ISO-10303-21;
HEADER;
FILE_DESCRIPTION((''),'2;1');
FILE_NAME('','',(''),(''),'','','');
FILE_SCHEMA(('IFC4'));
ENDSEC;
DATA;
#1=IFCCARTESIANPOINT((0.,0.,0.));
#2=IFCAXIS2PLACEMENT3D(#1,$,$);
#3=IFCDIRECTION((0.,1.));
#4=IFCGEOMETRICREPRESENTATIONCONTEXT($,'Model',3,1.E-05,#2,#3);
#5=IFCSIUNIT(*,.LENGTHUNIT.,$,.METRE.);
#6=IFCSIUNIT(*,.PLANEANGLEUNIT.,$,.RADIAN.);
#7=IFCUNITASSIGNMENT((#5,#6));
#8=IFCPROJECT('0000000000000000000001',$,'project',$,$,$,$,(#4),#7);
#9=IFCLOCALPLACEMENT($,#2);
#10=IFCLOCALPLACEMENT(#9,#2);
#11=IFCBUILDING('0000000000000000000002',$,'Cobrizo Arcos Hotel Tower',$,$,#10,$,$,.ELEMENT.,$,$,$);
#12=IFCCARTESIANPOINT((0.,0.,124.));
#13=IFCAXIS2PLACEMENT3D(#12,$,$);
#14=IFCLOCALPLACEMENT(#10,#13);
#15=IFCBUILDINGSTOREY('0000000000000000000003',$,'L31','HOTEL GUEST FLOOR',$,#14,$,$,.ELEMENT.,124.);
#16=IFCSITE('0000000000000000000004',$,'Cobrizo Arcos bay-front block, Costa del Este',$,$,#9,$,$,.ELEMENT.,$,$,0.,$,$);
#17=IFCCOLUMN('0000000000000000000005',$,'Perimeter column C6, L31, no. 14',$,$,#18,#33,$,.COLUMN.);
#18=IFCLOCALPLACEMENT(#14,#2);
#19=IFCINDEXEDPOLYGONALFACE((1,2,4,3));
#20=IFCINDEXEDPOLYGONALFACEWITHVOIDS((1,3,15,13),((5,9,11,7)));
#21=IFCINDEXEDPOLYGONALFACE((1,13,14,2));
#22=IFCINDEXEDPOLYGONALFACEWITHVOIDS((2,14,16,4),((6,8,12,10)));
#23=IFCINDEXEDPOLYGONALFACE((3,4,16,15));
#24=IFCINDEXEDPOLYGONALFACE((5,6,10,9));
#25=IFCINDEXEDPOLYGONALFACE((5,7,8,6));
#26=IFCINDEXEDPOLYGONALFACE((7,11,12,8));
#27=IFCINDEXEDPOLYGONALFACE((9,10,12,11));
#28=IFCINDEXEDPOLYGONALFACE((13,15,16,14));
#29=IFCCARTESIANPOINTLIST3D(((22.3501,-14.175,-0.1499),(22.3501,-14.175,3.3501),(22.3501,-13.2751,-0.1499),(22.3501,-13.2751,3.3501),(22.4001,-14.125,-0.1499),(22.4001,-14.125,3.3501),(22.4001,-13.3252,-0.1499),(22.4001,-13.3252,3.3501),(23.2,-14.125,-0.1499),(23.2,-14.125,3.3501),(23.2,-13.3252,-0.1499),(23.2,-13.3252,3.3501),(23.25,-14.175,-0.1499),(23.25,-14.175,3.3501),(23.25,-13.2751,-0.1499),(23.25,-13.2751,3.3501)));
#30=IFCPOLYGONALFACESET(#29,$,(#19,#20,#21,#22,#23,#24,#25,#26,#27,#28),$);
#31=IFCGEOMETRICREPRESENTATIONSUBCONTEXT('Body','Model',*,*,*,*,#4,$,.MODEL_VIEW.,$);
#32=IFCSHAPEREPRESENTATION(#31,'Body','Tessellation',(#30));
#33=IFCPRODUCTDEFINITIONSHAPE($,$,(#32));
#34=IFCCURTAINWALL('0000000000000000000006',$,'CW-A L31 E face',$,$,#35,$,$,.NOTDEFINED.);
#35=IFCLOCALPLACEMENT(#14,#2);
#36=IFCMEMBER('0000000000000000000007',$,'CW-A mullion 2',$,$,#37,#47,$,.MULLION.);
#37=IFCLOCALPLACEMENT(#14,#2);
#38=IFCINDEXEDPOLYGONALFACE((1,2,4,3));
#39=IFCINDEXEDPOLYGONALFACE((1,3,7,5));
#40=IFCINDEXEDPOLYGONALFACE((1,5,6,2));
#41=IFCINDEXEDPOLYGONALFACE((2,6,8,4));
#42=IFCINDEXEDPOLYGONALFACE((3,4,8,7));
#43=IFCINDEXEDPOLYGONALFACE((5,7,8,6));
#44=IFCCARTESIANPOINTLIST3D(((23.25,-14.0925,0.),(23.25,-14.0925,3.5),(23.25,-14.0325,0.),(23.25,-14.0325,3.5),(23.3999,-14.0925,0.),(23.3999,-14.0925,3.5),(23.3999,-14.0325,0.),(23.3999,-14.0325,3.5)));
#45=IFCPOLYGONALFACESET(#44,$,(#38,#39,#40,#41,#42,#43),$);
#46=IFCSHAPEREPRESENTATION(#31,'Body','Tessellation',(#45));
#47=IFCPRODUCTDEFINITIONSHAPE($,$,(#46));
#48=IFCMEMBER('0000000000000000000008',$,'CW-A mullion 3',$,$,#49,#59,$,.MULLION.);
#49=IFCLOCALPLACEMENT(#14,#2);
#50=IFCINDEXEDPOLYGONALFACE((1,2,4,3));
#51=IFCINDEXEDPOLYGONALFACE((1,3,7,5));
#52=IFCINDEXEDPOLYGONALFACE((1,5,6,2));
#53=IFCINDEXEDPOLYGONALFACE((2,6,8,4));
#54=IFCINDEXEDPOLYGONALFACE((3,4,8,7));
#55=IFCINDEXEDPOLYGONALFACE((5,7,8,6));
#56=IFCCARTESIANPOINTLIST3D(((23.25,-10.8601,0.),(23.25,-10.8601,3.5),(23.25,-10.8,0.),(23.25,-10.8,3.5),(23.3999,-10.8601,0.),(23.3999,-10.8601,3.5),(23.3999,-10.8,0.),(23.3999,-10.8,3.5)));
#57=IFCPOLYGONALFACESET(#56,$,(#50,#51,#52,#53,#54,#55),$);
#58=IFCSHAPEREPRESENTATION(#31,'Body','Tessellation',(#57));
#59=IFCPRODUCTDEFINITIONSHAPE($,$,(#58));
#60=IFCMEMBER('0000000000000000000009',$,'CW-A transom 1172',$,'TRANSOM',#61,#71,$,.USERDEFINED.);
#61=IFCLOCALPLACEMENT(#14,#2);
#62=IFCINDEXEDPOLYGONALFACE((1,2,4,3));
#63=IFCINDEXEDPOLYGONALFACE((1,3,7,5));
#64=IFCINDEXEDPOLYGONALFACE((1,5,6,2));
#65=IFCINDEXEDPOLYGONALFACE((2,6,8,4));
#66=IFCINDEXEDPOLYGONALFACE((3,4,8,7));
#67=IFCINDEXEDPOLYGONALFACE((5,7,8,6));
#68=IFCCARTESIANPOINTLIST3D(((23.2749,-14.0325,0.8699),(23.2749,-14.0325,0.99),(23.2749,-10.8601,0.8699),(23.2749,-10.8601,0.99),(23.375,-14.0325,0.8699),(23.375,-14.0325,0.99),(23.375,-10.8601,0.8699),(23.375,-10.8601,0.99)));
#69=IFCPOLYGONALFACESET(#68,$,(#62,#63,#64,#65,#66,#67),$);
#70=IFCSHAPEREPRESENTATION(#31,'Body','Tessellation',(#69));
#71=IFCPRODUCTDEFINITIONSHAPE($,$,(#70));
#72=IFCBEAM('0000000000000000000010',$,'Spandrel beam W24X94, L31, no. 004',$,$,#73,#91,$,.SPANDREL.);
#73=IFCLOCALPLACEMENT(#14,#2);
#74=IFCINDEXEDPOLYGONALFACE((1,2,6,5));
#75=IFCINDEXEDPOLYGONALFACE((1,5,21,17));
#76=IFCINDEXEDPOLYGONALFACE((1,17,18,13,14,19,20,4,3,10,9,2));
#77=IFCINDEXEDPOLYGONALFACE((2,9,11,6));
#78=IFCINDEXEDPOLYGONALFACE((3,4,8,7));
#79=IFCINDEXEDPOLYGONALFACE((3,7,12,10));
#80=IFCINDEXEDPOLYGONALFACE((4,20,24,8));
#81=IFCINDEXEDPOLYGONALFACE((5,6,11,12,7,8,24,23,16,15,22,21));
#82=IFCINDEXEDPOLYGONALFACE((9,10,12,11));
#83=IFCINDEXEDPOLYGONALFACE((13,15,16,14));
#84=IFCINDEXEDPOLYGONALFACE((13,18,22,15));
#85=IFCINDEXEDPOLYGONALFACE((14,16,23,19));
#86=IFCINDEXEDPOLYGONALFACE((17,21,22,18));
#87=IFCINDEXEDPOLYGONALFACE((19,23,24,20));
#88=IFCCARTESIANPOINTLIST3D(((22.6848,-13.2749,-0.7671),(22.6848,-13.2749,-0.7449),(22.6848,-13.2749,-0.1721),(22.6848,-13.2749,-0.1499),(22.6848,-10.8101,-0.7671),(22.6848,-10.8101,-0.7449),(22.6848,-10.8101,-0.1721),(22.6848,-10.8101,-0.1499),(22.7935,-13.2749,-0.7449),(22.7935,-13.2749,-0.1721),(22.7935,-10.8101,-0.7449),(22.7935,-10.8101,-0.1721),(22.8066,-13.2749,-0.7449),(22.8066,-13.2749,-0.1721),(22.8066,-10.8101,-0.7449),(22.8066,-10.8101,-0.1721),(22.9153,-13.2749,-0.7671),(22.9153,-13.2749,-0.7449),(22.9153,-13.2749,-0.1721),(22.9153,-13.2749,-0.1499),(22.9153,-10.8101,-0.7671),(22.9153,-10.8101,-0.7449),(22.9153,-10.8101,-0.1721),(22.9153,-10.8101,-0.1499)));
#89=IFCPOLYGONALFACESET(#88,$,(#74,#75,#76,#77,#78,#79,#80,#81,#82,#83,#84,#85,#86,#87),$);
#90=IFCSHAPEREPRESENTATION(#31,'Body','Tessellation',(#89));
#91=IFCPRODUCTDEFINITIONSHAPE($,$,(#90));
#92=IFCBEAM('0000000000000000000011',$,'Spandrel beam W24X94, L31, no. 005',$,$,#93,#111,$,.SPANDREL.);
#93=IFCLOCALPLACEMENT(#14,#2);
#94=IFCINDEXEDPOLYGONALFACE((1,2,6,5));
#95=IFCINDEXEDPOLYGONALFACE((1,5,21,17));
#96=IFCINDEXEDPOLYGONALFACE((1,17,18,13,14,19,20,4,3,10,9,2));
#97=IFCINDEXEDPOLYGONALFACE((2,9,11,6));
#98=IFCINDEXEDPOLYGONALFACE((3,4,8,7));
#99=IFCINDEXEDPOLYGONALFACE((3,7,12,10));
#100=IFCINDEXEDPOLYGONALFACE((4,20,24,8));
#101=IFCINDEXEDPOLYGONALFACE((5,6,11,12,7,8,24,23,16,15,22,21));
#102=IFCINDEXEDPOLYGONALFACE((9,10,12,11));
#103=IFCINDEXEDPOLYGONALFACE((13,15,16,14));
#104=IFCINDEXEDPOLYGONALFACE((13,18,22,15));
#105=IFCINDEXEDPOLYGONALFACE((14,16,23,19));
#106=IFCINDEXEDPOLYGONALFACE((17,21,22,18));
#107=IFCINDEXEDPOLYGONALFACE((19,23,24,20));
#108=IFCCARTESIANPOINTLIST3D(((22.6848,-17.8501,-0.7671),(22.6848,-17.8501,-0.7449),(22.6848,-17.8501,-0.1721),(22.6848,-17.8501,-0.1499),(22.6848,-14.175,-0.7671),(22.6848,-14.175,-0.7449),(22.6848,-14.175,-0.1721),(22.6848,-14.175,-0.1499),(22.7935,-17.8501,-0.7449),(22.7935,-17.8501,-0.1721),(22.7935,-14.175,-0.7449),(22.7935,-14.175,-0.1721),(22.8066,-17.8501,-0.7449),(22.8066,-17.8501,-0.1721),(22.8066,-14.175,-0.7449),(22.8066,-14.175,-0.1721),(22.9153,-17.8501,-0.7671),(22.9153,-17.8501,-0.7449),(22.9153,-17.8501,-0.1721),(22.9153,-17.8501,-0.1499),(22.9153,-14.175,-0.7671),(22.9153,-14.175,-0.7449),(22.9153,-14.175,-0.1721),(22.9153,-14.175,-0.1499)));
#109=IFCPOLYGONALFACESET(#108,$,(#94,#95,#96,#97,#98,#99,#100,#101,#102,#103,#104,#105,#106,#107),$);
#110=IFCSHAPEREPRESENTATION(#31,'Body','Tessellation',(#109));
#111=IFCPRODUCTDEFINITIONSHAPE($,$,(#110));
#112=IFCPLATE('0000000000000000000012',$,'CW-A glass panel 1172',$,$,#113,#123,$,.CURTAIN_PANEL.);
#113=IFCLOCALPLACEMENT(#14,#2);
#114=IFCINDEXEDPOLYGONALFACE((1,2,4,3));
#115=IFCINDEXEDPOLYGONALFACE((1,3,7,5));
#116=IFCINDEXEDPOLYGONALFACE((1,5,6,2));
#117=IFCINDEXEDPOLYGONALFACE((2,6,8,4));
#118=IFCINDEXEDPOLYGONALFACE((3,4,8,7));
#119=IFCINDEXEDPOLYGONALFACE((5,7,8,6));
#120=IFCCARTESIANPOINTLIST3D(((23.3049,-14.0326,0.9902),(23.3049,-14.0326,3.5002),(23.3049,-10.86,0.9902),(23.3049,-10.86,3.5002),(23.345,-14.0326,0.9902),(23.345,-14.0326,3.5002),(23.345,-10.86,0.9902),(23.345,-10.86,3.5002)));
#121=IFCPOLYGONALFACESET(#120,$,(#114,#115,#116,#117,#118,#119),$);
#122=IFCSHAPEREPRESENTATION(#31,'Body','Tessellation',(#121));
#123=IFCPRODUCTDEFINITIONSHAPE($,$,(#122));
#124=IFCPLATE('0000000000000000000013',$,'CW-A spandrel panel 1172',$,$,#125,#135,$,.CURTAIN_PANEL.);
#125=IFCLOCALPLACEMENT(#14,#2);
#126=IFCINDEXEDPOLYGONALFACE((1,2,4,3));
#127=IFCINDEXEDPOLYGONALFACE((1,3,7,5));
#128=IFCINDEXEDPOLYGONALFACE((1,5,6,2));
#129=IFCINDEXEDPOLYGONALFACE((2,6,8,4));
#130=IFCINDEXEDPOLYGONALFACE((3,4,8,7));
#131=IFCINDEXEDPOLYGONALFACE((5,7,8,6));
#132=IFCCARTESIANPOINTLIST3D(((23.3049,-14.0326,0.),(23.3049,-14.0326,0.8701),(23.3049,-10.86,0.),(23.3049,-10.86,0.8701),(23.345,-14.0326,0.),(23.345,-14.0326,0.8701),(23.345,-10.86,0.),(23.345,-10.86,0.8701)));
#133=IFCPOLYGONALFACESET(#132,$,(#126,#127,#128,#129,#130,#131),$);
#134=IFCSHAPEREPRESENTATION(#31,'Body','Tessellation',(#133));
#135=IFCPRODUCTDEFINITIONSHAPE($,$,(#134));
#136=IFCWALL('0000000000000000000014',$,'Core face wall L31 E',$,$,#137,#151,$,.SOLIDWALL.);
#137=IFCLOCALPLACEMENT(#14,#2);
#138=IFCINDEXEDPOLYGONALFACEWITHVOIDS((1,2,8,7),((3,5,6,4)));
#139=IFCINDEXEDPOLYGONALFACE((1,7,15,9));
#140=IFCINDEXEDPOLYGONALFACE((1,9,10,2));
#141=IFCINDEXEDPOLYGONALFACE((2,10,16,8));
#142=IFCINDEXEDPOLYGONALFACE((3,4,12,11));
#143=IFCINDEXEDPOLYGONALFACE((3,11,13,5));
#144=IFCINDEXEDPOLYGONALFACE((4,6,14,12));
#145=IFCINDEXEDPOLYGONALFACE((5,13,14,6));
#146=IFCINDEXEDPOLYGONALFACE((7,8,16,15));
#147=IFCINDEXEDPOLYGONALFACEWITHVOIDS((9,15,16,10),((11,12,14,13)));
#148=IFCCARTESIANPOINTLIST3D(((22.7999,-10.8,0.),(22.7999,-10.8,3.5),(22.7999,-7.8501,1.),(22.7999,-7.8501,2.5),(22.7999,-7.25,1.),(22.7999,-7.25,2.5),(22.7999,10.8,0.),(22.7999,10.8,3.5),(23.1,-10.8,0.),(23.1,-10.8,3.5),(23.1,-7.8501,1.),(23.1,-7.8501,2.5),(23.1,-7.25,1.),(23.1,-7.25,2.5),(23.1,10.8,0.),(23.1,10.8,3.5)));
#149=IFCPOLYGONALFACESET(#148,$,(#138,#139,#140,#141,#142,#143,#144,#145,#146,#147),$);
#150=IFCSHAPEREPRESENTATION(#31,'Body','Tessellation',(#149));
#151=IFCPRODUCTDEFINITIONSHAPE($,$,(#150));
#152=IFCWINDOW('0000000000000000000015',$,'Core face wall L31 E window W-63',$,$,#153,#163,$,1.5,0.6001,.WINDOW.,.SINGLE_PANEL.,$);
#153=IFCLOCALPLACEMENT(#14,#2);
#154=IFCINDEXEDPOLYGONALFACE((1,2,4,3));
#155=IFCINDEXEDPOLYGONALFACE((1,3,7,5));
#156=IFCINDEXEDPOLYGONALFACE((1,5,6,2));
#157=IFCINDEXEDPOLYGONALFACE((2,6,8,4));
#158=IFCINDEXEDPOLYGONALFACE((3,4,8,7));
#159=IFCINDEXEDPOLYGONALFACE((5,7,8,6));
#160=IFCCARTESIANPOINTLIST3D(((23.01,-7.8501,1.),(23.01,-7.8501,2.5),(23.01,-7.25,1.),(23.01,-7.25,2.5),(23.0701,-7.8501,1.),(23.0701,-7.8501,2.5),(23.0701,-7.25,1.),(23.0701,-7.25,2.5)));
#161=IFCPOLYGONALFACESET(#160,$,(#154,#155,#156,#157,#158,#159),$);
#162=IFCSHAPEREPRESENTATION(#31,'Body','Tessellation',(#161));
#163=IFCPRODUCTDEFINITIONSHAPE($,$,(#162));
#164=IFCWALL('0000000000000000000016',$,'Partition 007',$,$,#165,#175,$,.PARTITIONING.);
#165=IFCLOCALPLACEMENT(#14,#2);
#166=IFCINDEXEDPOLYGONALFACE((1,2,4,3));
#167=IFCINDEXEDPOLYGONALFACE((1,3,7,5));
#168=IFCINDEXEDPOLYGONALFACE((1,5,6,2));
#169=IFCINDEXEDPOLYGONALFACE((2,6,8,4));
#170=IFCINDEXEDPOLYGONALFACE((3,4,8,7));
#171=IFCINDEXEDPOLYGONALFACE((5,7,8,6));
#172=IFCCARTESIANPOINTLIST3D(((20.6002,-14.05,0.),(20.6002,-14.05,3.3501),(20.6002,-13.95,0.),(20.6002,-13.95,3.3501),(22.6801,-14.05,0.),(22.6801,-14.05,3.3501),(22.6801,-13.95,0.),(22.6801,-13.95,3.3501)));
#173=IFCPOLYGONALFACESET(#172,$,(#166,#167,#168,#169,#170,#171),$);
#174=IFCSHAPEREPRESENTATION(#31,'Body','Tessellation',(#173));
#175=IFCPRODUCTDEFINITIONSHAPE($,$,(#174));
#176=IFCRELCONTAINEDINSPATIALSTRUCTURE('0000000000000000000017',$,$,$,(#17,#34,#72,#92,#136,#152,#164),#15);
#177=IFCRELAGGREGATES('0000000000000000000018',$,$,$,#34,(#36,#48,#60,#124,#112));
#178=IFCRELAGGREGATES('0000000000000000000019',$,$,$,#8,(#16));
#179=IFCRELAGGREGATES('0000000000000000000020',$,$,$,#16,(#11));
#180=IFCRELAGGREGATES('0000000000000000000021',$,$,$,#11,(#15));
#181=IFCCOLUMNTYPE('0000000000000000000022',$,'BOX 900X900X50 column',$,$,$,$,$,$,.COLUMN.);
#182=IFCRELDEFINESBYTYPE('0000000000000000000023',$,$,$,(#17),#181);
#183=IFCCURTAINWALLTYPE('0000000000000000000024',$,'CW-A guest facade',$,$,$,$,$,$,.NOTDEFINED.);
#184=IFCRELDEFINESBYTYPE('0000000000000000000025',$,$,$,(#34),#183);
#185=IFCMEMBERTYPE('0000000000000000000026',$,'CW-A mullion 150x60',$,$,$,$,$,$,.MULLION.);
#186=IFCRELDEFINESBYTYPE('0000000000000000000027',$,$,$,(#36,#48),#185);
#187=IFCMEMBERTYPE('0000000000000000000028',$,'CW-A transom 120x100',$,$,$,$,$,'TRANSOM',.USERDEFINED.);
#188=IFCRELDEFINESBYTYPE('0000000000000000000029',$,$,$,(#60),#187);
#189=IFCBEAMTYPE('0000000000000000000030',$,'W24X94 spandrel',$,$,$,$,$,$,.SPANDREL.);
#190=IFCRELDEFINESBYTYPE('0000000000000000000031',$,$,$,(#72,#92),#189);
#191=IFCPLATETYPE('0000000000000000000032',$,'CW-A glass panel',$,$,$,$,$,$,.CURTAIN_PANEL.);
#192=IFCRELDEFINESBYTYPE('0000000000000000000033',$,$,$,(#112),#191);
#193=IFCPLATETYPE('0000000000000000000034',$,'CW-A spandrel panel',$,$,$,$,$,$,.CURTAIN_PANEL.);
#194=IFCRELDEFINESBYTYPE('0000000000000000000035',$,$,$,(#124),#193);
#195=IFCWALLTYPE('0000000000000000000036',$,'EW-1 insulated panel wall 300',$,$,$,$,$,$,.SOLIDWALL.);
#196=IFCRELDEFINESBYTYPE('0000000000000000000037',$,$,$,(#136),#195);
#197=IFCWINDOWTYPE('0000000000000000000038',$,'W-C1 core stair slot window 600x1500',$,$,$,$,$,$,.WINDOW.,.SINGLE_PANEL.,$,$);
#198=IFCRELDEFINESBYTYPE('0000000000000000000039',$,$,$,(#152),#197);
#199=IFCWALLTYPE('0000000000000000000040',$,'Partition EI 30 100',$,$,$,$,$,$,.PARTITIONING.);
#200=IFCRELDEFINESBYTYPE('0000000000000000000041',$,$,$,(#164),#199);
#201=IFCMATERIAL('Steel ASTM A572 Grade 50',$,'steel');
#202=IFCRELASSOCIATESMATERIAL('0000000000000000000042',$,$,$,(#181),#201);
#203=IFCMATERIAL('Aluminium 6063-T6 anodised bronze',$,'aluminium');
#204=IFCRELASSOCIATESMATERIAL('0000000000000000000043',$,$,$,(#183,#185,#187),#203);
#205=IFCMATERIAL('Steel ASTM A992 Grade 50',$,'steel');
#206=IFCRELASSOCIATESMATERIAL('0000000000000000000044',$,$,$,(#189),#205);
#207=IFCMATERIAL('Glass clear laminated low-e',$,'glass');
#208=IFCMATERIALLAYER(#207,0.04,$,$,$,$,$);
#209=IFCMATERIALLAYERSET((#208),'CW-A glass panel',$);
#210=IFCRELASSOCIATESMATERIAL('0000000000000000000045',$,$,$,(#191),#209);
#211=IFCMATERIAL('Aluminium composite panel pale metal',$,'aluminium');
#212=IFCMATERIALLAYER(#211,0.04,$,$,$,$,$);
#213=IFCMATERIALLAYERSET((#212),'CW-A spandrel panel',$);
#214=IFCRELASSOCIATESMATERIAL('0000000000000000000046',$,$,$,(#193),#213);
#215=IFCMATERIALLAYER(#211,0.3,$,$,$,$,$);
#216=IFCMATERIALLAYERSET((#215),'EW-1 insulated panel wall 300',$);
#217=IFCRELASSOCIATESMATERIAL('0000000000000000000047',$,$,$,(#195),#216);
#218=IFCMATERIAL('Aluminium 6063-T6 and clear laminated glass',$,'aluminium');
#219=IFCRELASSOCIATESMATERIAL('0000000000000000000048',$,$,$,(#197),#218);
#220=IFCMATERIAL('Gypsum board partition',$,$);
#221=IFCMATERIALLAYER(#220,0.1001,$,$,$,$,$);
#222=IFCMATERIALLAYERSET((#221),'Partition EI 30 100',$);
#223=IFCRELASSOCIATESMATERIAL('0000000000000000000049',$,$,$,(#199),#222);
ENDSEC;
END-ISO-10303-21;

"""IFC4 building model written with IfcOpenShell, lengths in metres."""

from ifc_helpers import new_model, si_unit, direction, frame, frame_2d, origin, origin_2d, place, context, subcontext, project, spatial, rectangle, hollow_rectangle, i_section, extrude, material, layer, layer_set, material_profile, profile_set, type_object, element, fill, aggregate, save


model = new_model("IFC4")

# Units and contexts
model_context = context("Model", 3, precision=1e-05, world=origin(), true_north=direction((0.0, 1.0)))
body_context = subcontext(model_context, "Body", "Model", "MODEL_VIEW")
ifc_project = project(units=[si_unit("LENGTHUNIT", "METRE"), si_unit("PLANEANGLEUNIT", "RADIAN")], contexts=[model_context])

# Site, building, storey
site_placement = place(None, origin())
site = spatial("IfcSite", under=ifc_project, at=site_placement, Name="Cobrizo Arcos bay-front block, Costa del Este", CompositionType="ELEMENT", RefElevation=0.0)
building_placement = place(site_placement, origin())
building = spatial("IfcBuilding", under=site, at=building_placement, Name="Cobrizo Arcos Hotel Tower", CompositionType="ELEMENT")
storey_placement = place(building_placement, frame((0.0, 0.0, 124.0)))
storey = spatial("IfcBuildingStorey", under=building, at=storey_placement, Name="L31", Description="HOTEL GUEST FLOOR", CompositionType="ELEMENT", Elevation=124.0)

# Column
ifc_material_1 = material(Name="Steel ASTM A572 Grade 50", Category="steel")
ifc_material_profile_1 = material_profile(ifc_material_1, hollow_rectangle(XDim=0.8999, YDim=0.8999, WallThickness=0.05, at=origin_2d()), Name="BOX 900X900X50")
ifc_profile_set_1 = profile_set([ifc_material_profile_1], Name="Steel ASTM A572 Grade 50")
column_type = type_object("IfcColumnType", Name="BOX 900X900X50 column", PredefinedType="COLUMN", material=ifc_profile_set_1)
column_placement = place(storey_placement, frame((22.8, -13.7251, -0.1499), z_axis=(0.0, 0.0, 1.0), x_axis=(1.0, 0.0, 0.0)))
element("IfcColumn", 1, at=column_placement, inside=storey, type_object=column_type, Name="Perimeter column C6, L31, no. 14", PredefinedType="COLUMN", context=body_context, shape_type="SweptSolid", body=[
    extrude(hollow_rectangle(XDim=0.8999, YDim=0.8999, WallThickness=0.05, at=origin_2d()), origin(), (0.0, 0.0, 1.0), 3.5),
])

# Curtain wall, members
ifc_material_2 = material(Name="Aluminium 6063-T6 anodised bronze", Category="aluminium")
curtain_wall_type = type_object("IfcCurtainWallType", Name="CW-A guest facade", PredefinedType="NOTDEFINED", material=ifc_material_2)
curtain_wall_placement = place(storey_placement, origin())
curtain_wall = element("IfcCurtainWall", 2, at=curtain_wall_placement, inside=storey, type_object=curtain_wall_type, Name="CW-A L31 E face", PredefinedType="NOTDEFINED")
ifc_material_profile_2 = material_profile(ifc_material_2, rectangle(XDim=0.1499, YDim=0.0601, at=origin_2d()), Name="CW-A mullion 150x60")
ifc_profile_set_2 = profile_set([ifc_material_profile_2], Name="Aluminium 6063-T6 anodised bronze")
member_type_1 = type_object("IfcMemberType", Name="CW-A mullion 150x60", PredefinedType="MULLION", material=ifc_profile_set_2)
member_1_placement = place(storey_placement, frame((23.325, -14.0625, 0.0), z_axis=(0.0, 0.0, 1.0), x_axis=(1.0, 0.0, 0.0)))
member_1 = element("IfcMember", 3, at=member_1_placement, type_object=member_type_1, Name="CW-A mullion 2", PredefinedType="MULLION", context=body_context, shape_type="SweptSolid", body=[
    extrude(rectangle(XDim=0.1499, YDim=0.0601, at=origin_2d()), origin(), (0.0, 0.0, 1.0), 3.5),
])
member_2_placement = place(storey_placement, frame((23.325, -10.8301, 0.0), z_axis=(0.0, 0.0, 1.0), x_axis=(1.0, 0.0, 0.0)))
member_2 = element("IfcMember", 4, at=member_2_placement, type_object=member_type_1, Name="CW-A mullion 3", PredefinedType="MULLION", context=body_context, shape_type="SweptSolid", body=[
    extrude(rectangle(XDim=0.1499, YDim=0.0601, at=origin_2d()), origin(), (0.0, 0.0, 1.0), 3.5),
])
ifc_material_profile_3 = material_profile(ifc_material_2, rectangle(XDim=0.1001, YDim=0.1201, at=origin_2d()), Name="CW-A transom 120x100")
ifc_profile_set_3 = profile_set([ifc_material_profile_3], Name="Aluminium 6063-T6 anodised bronze")
member_type_2 = type_object("IfcMemberType", Name="CW-A transom 120x100", ElementType="TRANSOM", PredefinedType="USERDEFINED", material=ifc_profile_set_3)
member_3_placement = place(storey_placement, frame((23.325, -14.0325, 0.9299), z_axis=(0.0, 1.0, 0.0), x_axis=(-1.0, 0.0, 0.0)))
member_3 = element("IfcMember", 5, at=member_3_placement, type_object=member_type_2, Name="CW-A transom 1172", ObjectType="TRANSOM", PredefinedType="USERDEFINED", context=body_context, shape_type="SweptSolid", body=[
    extrude(rectangle(XDim=0.1001, YDim=0.1201, at=origin_2d()), origin(), (0.0, 0.0, 1.0), 3.1724),
])

# Beams
ifc_material_3 = material(Name="Steel ASTM A992 Grade 50", Category="steel")
ifc_material_profile_4 = material_profile(ifc_material_3, i_section(OverallWidth=0.2305, OverallDepth=0.6172, WebThickness=0.0132, FlangeThickness=0.0222, at=origin_2d()), Name="W24X94")
ifc_profile_set_4 = profile_set([ifc_material_profile_4], Name="Steel ASTM A992 Grade 50")
beam_type = type_object("IfcBeamType", Name="W24X94 spandrel", PredefinedType="SPANDREL", material=ifc_profile_set_4)
beam_1_placement = place(storey_placement, frame((22.8, -10.8101, -0.4585), z_axis=(0.0, -1.0, 0.0), x_axis=(1.0, 0.0, 0.0)))
element("IfcBeam", 6, at=beam_1_placement, inside=storey, type_object=beam_type, Name="Spandrel beam W24X94, L31, no. 004", PredefinedType="SPANDREL", context=body_context, shape_type="SweptSolid", body=[
    extrude(i_section(OverallWidth=0.2305, OverallDepth=0.6172, WebThickness=0.0132, FlangeThickness=0.0222, at=origin_2d()), origin(), (0.0, 0.0, 1.0), 2.4648),
])
beam_2_placement = place(storey_placement, frame((22.8, -14.175, -0.4585), z_axis=(0.0, -1.0, 0.0), x_axis=(1.0, 0.0, 0.0)))
element("IfcBeam", 7, at=beam_2_placement, inside=storey, type_object=beam_type, Name="Spandrel beam W24X94, L31, no. 005", PredefinedType="SPANDREL", context=body_context, shape_type="SweptSolid", body=[
    extrude(i_section(OverallWidth=0.2305, OverallDepth=0.6172, WebThickness=0.0132, FlangeThickness=0.0222, at=origin_2d()), origin(), (0.0, 0.0, 1.0), 3.675),
])

# Plates
ifc_material_4 = material(Name="Glass clear laminated low-e", Category="glass")
ifc_layer_1 = layer(ifc_material_4, 0.04)
ifc_layer_set_1 = layer_set([ifc_layer_1], Name="CW-A glass panel")
plate_type_1 = type_object("IfcPlateType", Name="CW-A glass panel", PredefinedType="CURTAIN_PANEL", material=ifc_layer_set_1)
plate_1_placement = place(storey_placement, frame((23.325, -12.4463, 0.9902), z_axis=(0.0, 0.0, 1.0), x_axis=(0.0, 1.0, 0.0)))
plate_1 = element("IfcPlate", 8, at=plate_1_placement, type_object=plate_type_1, Name="CW-A glass panel 1172", PredefinedType="CURTAIN_PANEL", context=body_context, shape_type="SweptSolid", body=[
    extrude(rectangle(XDim=3.1726, YDim=0.04, at=origin_2d()), origin(), (0.0, 0.0, 1.0), 2.51),
])
ifc_material_5 = material(Name="Aluminium composite panel pale metal", Category="aluminium")
ifc_layer_2 = layer(ifc_material_5, 0.04)
ifc_layer_set_2 = layer_set([ifc_layer_2], Name="CW-A spandrel panel")
plate_type_2 = type_object("IfcPlateType", Name="CW-A spandrel panel", PredefinedType="CURTAIN_PANEL", material=ifc_layer_set_2)
plate_2_placement = place(storey_placement, frame((23.325, -12.4463, 0.0), z_axis=(0.0, 0.0, 1.0), x_axis=(0.0, 1.0, 0.0)))
plate_2 = element("IfcPlate", 9, at=plate_2_placement, type_object=plate_type_2, Name="CW-A spandrel panel 1172", PredefinedType="CURTAIN_PANEL", context=body_context, shape_type="SweptSolid", body=[
    extrude(rectangle(XDim=3.1726, YDim=0.04, at=origin_2d()), origin(), (0.0, 0.0, 1.0), 0.8701),
])
aggregate(curtain_wall, [member_1, member_2, member_3, plate_2, plate_1])

# Wall, opening, window
ifc_layer_3 = layer(ifc_material_5, 0.3)
ifc_layer_set_3 = layer_set([ifc_layer_3], Name="EW-1 insulated panel wall 300")
wall_type_1 = type_object("IfcWallType", Name="EW-1 insulated panel wall 300", PredefinedType="SOLIDWALL", material=ifc_layer_set_3)
wall_1_placement = place(storey_placement, frame((22.95, -10.8, 0.0), z_axis=(0.0, 0.0, 1.0), x_axis=(0.0, 1.0, 0.0)))
wall_1 = element("IfcWall", 10, at=wall_1_placement, inside=storey, type_object=wall_type_1, Name="Core face wall L31 E", PredefinedType="SOLIDWALL", context=body_context, shape_type="SweptSolid", body=[
    extrude(rectangle(XDim=21.6001, YDim=0.3, at=frame_2d((10.8, 0.0))), origin(), (0.0, 0.0, 1.0), 3.5),
])
opening_1_placement = place(wall_1_placement, frame((2.95, 0.0, 1.0)))
opening_1 = element("IfcOpeningElement", 11, at=opening_1_placement, cuts=wall_1, PredefinedType="OPENING", context=body_context, shape_type="SweptSolid", body=[
    extrude(rectangle(XDim=0.6001, YDim=1.5, at=frame_2d((0.3, 0.75))), frame((0.0, 0.1621, 0.0), z_axis=(0.0, -1.0, 0.0), x_axis=(1.0, 0.0, 0.0)), (0.0, 0.0, 1.0), 0.324),
])
ifc_material_6 = material(Name="Aluminium 6063-T6 and clear laminated glass", Category="aluminium")
window_type = type_object("IfcWindowType", Name="W-C1 core stair slot window 600x1500", PartitioningType="SINGLE_PANEL", PredefinedType="WINDOW", material=ifc_material_6)
window_placement = place(opening_1_placement, origin())
window = element("IfcWindow", 12, at=window_placement, inside=storey, type_object=window_type, Name="Core face wall L31 E window W-63", OverallHeight=1.5, OverallWidth=0.6001, PartitioningType="SINGLE_PANEL", PredefinedType="WINDOW", context=body_context, shape_type="SweptSolid", body=[
    extrude(rectangle(XDim=0.6001, YDim=1.5, at=frame_2d((0.3, 0.75))), frame((0.0, -0.0601, 0.0), z_axis=(0.0, -1.0, 0.0), x_axis=(1.0, 0.0, 0.0)), (0.0, 0.0, 1.0), 0.0601),
])
fill(opening_1, window)

# Wall
ifc_material_7 = material(Name="Gypsum board partition")
ifc_layer_4 = layer(ifc_material_7, 0.1001)
ifc_layer_set_4 = layer_set([ifc_layer_4], Name="Partition EI 30 100")
wall_type_2 = type_object("IfcWallType", Name="Partition EI 30 100", PredefinedType="PARTITIONING", material=ifc_layer_set_4)
wall_2_placement = place(storey_placement, frame((20.6001, -14.0, 0.0), z_axis=(0.0, 0.0, 1.0), x_axis=(1.0, 0.0, 0.0)))
element("IfcWall", 13, at=wall_2_placement, inside=storey, type_object=wall_type_2, Name="Partition 007", PredefinedType="PARTITIONING", context=body_context, shape_type="SweptSolid", body=[
    extrude(rectangle(XDim=2.0798, YDim=0.1001, at=frame_2d((1.04, 0.0))), origin(), (0.0, 0.0, 1.0), 3.3501),
])

save(model, "model.ifc")
